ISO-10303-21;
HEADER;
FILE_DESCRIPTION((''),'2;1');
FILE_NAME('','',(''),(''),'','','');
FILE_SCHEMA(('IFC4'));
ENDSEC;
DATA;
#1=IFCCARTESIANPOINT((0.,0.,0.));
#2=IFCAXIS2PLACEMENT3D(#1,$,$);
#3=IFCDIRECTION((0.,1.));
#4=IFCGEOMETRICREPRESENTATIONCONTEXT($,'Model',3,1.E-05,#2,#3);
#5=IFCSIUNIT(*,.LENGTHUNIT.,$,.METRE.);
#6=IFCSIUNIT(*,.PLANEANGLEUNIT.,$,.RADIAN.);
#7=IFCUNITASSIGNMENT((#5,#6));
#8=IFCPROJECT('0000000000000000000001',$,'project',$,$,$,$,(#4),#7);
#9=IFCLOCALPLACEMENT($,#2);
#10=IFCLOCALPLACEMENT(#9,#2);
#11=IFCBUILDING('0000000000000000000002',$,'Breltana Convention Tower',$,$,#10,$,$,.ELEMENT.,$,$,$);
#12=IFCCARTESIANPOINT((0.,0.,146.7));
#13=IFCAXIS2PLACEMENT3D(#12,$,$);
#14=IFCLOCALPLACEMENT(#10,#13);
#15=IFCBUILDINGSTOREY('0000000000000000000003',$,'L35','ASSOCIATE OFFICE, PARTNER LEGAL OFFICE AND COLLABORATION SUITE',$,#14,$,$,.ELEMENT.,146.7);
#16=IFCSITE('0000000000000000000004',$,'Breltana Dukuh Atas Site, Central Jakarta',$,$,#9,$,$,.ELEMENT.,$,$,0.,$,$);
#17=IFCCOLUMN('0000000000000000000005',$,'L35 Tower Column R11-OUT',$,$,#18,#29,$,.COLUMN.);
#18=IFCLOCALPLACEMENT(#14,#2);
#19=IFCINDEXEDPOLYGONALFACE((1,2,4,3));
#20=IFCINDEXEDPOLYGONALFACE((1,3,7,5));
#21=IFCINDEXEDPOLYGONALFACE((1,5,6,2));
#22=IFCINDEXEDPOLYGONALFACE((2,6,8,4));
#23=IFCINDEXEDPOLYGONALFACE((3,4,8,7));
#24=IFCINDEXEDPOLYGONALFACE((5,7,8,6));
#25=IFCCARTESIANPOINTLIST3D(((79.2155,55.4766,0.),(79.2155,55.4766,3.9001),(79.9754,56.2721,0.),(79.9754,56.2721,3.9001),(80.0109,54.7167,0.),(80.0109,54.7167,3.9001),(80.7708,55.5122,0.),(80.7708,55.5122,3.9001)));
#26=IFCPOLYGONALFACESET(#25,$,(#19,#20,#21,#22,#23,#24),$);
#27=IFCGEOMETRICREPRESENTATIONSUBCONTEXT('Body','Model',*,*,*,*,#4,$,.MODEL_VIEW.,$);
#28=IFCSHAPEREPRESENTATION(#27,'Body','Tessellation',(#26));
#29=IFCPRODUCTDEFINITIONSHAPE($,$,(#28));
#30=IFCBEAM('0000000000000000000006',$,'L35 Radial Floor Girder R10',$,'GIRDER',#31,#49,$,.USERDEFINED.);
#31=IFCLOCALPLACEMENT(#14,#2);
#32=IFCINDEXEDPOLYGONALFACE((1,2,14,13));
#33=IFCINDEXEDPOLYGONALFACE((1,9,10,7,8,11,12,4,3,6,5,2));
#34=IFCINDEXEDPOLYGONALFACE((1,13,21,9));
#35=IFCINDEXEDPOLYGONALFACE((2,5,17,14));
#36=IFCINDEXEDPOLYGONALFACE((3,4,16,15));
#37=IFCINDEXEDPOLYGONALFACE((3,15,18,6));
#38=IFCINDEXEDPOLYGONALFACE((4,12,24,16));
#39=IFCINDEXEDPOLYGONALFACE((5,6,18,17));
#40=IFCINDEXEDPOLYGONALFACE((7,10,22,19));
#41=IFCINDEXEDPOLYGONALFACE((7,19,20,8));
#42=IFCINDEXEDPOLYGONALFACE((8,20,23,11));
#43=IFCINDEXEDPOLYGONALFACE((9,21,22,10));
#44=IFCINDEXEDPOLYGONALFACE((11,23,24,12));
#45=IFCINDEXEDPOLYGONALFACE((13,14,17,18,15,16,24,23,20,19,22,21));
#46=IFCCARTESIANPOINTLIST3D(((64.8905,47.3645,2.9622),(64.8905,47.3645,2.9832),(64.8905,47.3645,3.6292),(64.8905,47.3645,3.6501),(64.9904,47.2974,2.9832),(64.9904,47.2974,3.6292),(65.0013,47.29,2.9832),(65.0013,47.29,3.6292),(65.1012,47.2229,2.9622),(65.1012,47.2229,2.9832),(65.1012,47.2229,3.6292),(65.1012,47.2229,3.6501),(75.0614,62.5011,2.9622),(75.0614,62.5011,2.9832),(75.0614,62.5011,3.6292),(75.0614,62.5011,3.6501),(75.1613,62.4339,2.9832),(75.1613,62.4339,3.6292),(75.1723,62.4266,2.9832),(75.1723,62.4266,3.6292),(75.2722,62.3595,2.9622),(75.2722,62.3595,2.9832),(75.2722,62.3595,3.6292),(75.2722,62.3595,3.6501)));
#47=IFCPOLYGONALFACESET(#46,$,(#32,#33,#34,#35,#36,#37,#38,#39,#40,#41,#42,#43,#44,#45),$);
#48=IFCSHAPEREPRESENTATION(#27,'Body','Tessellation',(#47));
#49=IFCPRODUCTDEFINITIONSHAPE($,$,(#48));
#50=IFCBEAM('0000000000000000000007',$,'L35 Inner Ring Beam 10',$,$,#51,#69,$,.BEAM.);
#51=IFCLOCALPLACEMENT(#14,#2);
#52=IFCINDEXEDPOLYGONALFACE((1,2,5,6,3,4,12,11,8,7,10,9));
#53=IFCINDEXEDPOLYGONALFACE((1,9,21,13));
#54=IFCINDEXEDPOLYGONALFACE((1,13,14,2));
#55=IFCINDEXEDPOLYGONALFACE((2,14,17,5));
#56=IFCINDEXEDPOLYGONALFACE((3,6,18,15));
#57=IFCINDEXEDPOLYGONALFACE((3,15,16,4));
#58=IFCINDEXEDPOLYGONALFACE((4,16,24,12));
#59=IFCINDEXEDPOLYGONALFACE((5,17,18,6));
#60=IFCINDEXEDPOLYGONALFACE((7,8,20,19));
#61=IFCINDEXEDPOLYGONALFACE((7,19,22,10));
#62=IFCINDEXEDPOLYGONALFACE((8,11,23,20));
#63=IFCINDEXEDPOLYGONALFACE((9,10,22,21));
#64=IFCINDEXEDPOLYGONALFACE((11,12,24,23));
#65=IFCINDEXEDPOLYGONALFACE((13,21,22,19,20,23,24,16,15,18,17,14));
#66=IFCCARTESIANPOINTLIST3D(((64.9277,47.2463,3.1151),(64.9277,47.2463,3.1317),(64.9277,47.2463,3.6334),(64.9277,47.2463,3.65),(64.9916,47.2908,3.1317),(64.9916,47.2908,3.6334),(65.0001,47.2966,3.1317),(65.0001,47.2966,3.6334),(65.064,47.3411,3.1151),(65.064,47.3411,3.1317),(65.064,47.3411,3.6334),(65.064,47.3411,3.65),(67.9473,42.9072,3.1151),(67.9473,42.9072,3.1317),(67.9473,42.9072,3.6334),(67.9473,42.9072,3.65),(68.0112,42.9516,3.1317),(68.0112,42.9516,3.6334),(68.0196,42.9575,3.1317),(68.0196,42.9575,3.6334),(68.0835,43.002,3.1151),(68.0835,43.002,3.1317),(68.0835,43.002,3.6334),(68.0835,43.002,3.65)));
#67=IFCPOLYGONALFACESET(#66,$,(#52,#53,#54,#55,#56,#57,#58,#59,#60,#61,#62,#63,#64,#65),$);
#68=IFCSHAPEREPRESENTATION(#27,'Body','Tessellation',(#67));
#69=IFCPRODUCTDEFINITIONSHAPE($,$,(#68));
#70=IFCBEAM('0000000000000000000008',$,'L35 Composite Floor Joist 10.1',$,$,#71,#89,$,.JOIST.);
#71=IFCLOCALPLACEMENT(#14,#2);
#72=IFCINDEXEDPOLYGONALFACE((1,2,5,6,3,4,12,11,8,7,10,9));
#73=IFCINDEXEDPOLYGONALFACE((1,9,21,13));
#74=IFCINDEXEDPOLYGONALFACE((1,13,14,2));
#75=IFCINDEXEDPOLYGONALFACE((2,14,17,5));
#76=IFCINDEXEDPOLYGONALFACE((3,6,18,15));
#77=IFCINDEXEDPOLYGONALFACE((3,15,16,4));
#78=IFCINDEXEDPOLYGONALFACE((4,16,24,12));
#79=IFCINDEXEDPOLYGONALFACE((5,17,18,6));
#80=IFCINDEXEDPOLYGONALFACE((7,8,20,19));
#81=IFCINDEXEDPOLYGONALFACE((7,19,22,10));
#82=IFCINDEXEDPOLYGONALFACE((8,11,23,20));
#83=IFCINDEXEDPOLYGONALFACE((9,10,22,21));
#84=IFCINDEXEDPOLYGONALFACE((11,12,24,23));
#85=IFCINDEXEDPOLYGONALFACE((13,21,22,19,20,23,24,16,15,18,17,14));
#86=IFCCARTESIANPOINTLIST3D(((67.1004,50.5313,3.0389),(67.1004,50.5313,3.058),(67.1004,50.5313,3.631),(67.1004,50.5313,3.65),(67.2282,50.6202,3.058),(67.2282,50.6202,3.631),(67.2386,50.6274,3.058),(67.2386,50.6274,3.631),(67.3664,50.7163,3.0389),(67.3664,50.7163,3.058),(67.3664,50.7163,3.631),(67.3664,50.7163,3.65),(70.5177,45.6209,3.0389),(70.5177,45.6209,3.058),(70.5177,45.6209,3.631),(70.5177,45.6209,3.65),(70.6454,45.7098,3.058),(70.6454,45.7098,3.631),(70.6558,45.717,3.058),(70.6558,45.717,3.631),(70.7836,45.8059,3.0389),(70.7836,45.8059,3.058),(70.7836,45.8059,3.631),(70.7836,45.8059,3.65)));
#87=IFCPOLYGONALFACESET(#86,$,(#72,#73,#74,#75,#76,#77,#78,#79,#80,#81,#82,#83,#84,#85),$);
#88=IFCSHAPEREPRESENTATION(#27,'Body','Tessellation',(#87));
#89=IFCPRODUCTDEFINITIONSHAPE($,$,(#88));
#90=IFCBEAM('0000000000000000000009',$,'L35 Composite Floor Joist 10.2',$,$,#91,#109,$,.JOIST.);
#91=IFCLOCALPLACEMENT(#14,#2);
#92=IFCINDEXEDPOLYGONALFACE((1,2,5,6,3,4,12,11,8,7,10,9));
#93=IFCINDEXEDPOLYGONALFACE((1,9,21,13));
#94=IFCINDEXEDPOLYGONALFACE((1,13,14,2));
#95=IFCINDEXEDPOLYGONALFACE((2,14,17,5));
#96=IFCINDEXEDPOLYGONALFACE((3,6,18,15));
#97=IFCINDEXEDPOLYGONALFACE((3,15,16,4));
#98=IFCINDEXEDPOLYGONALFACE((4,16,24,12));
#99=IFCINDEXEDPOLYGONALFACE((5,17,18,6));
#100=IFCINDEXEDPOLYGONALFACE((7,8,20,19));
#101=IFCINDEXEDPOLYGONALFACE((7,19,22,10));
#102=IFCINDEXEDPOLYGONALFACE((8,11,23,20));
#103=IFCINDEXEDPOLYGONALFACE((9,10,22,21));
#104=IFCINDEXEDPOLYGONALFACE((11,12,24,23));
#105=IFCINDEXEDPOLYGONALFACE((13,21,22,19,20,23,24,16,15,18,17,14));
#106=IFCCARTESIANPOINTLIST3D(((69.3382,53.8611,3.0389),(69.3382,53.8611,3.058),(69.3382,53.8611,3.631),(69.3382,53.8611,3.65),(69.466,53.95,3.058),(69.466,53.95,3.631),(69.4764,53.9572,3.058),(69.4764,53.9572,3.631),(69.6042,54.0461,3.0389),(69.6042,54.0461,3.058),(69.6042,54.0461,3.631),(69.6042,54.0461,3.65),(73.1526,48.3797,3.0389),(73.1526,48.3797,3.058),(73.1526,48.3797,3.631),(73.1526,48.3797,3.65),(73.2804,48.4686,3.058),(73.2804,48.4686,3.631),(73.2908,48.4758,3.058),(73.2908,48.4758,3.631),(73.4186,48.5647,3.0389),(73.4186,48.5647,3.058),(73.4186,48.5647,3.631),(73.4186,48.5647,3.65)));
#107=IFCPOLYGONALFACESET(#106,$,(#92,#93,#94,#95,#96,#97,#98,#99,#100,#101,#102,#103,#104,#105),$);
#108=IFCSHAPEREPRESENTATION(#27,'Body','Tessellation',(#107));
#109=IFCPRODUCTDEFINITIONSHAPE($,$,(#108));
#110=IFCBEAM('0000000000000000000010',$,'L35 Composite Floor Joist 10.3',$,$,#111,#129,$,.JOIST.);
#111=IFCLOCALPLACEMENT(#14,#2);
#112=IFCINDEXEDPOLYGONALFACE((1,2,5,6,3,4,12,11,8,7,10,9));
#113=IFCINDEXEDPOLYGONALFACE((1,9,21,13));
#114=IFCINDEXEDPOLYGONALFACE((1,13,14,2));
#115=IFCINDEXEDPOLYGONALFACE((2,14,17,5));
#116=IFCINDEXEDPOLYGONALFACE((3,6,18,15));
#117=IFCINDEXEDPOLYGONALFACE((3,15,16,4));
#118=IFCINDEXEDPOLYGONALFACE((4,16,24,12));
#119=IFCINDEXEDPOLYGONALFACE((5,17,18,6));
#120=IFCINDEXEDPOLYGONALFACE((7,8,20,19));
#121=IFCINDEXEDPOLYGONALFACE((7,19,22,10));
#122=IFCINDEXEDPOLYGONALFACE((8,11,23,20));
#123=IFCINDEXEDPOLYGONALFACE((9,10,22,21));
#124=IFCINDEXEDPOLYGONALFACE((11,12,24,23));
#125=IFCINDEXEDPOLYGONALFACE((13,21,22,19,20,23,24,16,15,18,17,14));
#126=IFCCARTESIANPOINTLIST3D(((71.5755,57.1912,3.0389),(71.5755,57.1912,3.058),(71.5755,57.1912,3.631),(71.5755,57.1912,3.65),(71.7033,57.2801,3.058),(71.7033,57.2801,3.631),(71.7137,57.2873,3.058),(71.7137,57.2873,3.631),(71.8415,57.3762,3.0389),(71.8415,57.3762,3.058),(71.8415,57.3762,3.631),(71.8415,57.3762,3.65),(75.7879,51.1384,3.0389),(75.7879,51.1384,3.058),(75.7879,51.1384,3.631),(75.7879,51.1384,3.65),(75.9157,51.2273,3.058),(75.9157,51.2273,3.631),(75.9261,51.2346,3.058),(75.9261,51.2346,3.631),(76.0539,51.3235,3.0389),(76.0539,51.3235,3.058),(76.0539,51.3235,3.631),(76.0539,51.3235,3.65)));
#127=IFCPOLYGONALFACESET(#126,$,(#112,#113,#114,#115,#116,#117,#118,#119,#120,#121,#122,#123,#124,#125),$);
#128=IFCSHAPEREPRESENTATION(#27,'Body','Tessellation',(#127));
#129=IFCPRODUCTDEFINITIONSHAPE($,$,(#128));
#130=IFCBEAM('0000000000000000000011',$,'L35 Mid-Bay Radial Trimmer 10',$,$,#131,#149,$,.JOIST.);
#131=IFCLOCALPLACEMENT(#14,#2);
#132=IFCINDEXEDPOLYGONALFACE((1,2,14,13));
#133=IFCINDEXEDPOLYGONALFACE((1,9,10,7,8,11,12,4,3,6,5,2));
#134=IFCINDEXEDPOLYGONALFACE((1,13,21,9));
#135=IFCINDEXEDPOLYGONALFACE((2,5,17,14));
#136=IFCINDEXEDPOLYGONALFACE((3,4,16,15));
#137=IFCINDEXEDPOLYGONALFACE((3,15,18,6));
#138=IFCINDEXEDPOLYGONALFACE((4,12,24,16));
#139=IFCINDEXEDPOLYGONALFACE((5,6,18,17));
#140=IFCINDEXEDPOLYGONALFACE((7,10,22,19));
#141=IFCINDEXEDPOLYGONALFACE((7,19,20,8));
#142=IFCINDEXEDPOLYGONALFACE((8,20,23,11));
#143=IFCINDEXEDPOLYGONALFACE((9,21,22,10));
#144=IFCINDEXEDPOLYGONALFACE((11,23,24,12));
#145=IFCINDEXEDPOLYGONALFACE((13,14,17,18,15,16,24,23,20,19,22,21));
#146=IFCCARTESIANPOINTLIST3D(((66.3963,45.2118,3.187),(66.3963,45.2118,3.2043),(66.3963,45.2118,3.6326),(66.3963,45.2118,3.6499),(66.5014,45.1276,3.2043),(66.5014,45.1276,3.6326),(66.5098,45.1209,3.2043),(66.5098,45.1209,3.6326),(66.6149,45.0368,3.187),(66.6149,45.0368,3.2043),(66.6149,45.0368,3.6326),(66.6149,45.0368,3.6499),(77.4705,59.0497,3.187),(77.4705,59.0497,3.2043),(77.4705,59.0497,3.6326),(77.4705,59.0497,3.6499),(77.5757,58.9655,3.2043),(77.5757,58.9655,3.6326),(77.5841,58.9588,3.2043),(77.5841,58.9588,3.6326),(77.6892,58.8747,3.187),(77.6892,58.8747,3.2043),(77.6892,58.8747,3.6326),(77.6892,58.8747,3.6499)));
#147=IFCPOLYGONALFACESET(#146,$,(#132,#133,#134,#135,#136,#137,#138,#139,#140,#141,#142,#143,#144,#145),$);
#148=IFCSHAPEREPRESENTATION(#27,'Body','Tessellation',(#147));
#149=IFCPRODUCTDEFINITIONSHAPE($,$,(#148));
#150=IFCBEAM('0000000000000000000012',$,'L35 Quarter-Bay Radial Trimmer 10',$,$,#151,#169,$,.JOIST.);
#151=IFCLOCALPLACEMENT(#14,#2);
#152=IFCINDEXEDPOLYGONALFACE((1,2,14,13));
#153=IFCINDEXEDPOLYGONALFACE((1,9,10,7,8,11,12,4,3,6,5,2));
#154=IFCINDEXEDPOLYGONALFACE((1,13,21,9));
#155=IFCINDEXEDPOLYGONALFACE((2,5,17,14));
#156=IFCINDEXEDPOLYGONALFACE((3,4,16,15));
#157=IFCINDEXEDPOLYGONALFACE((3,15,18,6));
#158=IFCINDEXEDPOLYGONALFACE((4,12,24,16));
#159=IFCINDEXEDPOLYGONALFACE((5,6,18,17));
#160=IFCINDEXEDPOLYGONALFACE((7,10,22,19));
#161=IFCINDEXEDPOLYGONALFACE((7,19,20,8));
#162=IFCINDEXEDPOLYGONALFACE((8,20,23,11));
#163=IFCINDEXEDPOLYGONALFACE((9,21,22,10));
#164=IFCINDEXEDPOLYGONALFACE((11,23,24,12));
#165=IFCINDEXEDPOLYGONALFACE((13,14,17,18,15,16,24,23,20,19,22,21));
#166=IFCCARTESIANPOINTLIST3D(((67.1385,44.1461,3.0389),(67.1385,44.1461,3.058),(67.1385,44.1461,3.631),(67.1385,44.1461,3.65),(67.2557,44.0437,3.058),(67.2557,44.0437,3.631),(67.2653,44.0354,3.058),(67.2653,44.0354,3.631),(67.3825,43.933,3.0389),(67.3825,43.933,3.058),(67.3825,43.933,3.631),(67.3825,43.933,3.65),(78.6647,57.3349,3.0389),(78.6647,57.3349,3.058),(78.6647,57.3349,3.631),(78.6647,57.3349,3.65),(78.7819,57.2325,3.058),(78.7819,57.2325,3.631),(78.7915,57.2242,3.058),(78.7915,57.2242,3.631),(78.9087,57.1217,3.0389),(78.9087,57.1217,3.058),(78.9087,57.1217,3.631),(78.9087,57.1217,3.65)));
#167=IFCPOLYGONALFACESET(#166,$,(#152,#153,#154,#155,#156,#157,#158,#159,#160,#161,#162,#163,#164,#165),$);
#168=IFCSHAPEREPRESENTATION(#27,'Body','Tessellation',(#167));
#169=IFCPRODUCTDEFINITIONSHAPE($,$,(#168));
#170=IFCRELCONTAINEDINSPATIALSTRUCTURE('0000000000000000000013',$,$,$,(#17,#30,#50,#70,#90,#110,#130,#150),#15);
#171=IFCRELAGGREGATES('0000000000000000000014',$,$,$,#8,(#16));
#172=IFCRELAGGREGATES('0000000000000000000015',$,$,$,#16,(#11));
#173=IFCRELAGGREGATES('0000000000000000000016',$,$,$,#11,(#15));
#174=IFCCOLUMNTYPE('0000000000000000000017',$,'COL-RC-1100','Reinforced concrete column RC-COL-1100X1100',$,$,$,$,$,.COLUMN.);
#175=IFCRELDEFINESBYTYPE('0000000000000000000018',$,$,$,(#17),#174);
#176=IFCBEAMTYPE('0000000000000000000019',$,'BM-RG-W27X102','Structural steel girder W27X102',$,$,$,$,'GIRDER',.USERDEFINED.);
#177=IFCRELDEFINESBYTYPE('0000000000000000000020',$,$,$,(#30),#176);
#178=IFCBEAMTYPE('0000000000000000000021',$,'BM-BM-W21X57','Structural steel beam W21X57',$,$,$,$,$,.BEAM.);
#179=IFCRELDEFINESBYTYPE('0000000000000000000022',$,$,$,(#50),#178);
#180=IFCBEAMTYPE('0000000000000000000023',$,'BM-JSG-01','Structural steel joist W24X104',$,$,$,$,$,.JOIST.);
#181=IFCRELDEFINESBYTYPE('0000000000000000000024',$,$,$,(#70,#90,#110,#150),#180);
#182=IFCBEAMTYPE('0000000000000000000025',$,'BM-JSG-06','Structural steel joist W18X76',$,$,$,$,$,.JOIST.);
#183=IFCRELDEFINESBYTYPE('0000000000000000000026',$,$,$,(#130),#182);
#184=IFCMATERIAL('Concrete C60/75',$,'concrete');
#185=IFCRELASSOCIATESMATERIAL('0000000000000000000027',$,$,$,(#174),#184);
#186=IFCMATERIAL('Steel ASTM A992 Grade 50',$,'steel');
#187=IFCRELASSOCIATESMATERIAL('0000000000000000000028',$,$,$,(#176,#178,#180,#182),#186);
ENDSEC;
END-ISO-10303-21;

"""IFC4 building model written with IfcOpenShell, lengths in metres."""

from ifc_helpers import new_model, si_unit, direction, frame, origin, origin_2d, place, context, subcontext, project, spatial, rectangle, i_section, extrude, source, transform, mapped, material, material_profile, profile_set, type_object, element, save


model = new_model("IFC4")

# Units and contexts
model_context = context("Model", 3, precision=1e-05, world=origin(), true_north=direction((0.0, 1.0)))
body_context = subcontext(model_context, "Body", "Model", "MODEL_VIEW")
ifc_project = project(units=[si_unit("LENGTHUNIT", "METRE"), si_unit("PLANEANGLEUNIT", "RADIAN")], contexts=[model_context])

# Site, building, storey
site_placement = place(None, origin())
site = spatial("IfcSite", under=ifc_project, at=site_placement, Name="Breltana Dukuh Atas Site, Central Jakarta", CompositionType="ELEMENT", RefElevation=0.0)
building_placement = place(site_placement, origin())
building = spatial("IfcBuilding", under=site, at=building_placement, Name="Breltana Convention Tower", CompositionType="ELEMENT")
storey_placement = place(building_placement, frame((0.0, 0.0, 146.7)))
storey = spatial("IfcBuildingStorey", under=building, at=storey_placement, Name="L35", Description="ASSOCIATE OFFICE, PARTNER LEGAL OFFICE AND COLLABORATION SUITE", CompositionType="ELEMENT", Elevation=146.7)

# Column
ifc_material_1 = material(Name="Concrete C60/75", Category="concrete")
ifc_material_profile_1 = material_profile(ifc_material_1, rectangle(XDim=1.1001, YDim=1.1001, at=origin_2d()), Name="RC-COL-1100X1100")
ifc_profile_set_1 = profile_set([ifc_material_profile_1], Name="Concrete C60/75")
column_type = type_object("IfcColumnType", Name="COL-RC-1100", Description="Reinforced concrete column RC-COL-1100X1100", PredefinedType="COLUMN", material=ifc_profile_set_1)
shared_shape_1 = source(origin(), body_context, "Body", "SweptSolid", [
    extrude(rectangle(XDim=1.1001, YDim=1.1001, at=origin_2d()), origin(), (0.0, 0.0, 1.0), 3.9001),
])
column_placement = place(storey_placement, frame((79.9932, 55.4944, 0.0), z_axis=(0.0, 0.0, 1.0), x_axis=(0.690756, 0.723088, 0.0)))
element("IfcColumn", 1, at=column_placement, inside=storey, type_object=column_type, Name="L35 Tower Column R11-OUT", PredefinedType="COLUMN", context=body_context, shape_type="MappedRepresentation", body=[
    mapped(shared_shape_1, transform((0.0, 0.0, 0.0), scale=1.0)),
])

# Beams
ifc_material_2 = material(Name="Steel ASTM A992 Grade 50", Category="steel")
ifc_material_profile_2 = material_profile(ifc_material_2, i_section(OverallWidth=0.2539, OverallDepth=0.688, WebThickness=0.0132, FlangeThickness=0.021, at=origin_2d()), Name="W27X102")
ifc_profile_set_2 = profile_set([ifc_material_profile_2], Name="Steel ASTM A992 Grade 50")
beam_type_1 = type_object("IfcBeamType", Name="BM-RG-W27X102", Description="Structural steel girder W27X102", ElementType="GIRDER", PredefinedType="USERDEFINED", material=ifc_profile_set_2)
shared_shape_2 = source(origin(), body_context, "Body", "SweptSolid", [
    extrude(i_section(OverallWidth=0.2539, OverallDepth=0.688, WebThickness=0.0132, FlangeThickness=0.021, at=origin_2d()), origin(), (0.0, 0.0, 1.0), 18.2363),
])
beam_1_placement = place(storey_placement, frame((64.9958, 47.2937, 3.3062), z_axis=(0.55773, 0.830022, 0.0), x_axis=(-0.830022, 0.55773, 0.0)))
element("IfcBeam", 2, at=beam_1_placement, inside=storey, type_object=beam_type_1, Name="L35 Radial Floor Girder R10", ObjectType="GIRDER", PredefinedType="USERDEFINED", context=body_context, shape_type="MappedRepresentation", body=[
    mapped(shared_shape_2, transform((0.0, 0.0, 0.0), scale=1.0)),
])
ifc_material_profile_3 = material_profile(ifc_material_2, i_section(OverallWidth=0.166, OverallDepth=0.5349, WebThickness=0.0103, FlangeThickness=0.0166, at=origin_2d()), Name="W21X57")
ifc_profile_set_3 = profile_set([ifc_material_profile_3], Name="Steel ASTM A992 Grade 50")
beam_type_2 = type_object("IfcBeamType", Name="BM-BM-W21X57", Description="Structural steel beam W21X57", PredefinedType="BEAM", material=ifc_profile_set_3)
shared_shape_3 = source(origin(), body_context, "Body", "SweptSolid", [
    extrude(i_section(OverallWidth=0.166, OverallDepth=0.5349, WebThickness=0.0103, FlangeThickness=0.0166, at=origin_2d()), origin(), (0.0, 0.0, 1.0), 5.2864),
])
beam_2_placement = place(storey_placement, frame((64.9958, 47.2937, 3.3826), z_axis=(0.571194, -0.820815, 0.0), x_axis=(0.820815, 0.571194, 0.0)))
element("IfcBeam", 3, at=beam_2_placement, inside=storey, type_object=beam_type_2, Name="L35 Inner Ring Beam 10", PredefinedType="BEAM", context=body_context, shape_type="MappedRepresentation", body=[
    mapped(shared_shape_3, transform((0.0, 0.0, 0.0), scale=1.0)),
])
ifc_material_profile_4 = material_profile(ifc_material_2, i_section(OverallWidth=0.324, OverallDepth=0.6111, WebThickness=0.0127, FlangeThickness=0.019, at=origin_2d()), Name="W24X104")
ifc_profile_set_4 = profile_set([ifc_material_profile_4], Name="Steel ASTM A992 Grade 50")
beam_type_3 = type_object("IfcBeamType", Name="BM-JSG-01", Description="Structural steel joist W24X104", PredefinedType="JOIST", material=ifc_profile_set_4)
shared_shape_4 = source(origin(), body_context, "Body", "SweptSolid", [
    extrude(i_section(OverallWidth=0.324, OverallDepth=0.6111, WebThickness=0.0127, FlangeThickness=0.019, at=origin_2d()), origin(), (0.0, 0.0, 1.0), 5.9824),
])
beam_3_placement = place(storey_placement, frame((67.2334, 50.6238, 3.3445), z_axis=(0.571212, -0.820803, 0.0), x_axis=(0.820803, 0.571212, 0.0)))
element("IfcBeam", 4, at=beam_3_placement, inside=storey, type_object=beam_type_3, Name="L35 Composite Floor Joist 10.1", PredefinedType="JOIST", context=body_context, shape_type="MappedRepresentation", body=[
    mapped(shared_shape_4, transform((0.0, 0.0, 0.0), scale=1.0)),
])
shared_shape_5 = source(origin(), body_context, "Body", "SweptSolid", [
    extrude(i_section(OverallWidth=0.324, OverallDepth=0.6111, WebThickness=0.0127, FlangeThickness=0.019, at=origin_2d()), origin(), (0.0, 0.0, 1.0), 6.678),
])
beam_4_placement = place(storey_placement, frame((69.4712, 53.9536, 3.3445), z_axis=(0.571193, -0.820816, 0.0), x_axis=(0.820816, 0.571193, 0.0)))
element("IfcBeam", 5, at=beam_4_placement, inside=storey, type_object=beam_type_3, Name="L35 Composite Floor Joist 10.2", PredefinedType="JOIST", context=body_context, shape_type="MappedRepresentation", body=[
    mapped(shared_shape_5, transform((0.0, 0.0, 0.0), scale=1.0)),
])
shared_shape_6 = source(origin(), body_context, "Body", "SweptSolid", [
    extrude(i_section(OverallWidth=0.324, OverallDepth=0.6111, WebThickness=0.0127, FlangeThickness=0.019, at=origin_2d()), origin(), (0.0, 0.0, 1.0), 7.3743),
])
beam_5_placement = place(storey_placement, frame((71.7085, 57.2837, 3.3445), z_axis=(0.571229, -0.82079, 0.0), x_axis=(0.82079, 0.571229, 0.0)))
element("IfcBeam", 6, at=beam_5_placement, inside=storey, type_object=beam_type_3, Name="L35 Composite Floor Joist 10.3", PredefinedType="JOIST", context=body_context, shape_type="MappedRepresentation", body=[
    mapped(shared_shape_6, transform((0.0, 0.0, 0.0), scale=1.0)),
])
ifc_material_profile_5 = material_profile(ifc_material_2, i_section(OverallWidth=0.28, OverallDepth=0.4629, WebThickness=0.0107, FlangeThickness=0.0173, at=origin_2d()), Name="W18X76")
ifc_profile_set_5 = profile_set([ifc_material_profile_5], Name="Steel ASTM A992 Grade 50")
beam_type_4 = type_object("IfcBeamType", Name="BM-JSG-06", Description="Structural steel joist W18X76", PredefinedType="JOIST", material=ifc_profile_set_5)
shared_shape_7 = source(origin(), body_context, "Body", "SweptSolid", [
    extrude(i_section(OverallWidth=0.28, OverallDepth=0.4629, WebThickness=0.0107, FlangeThickness=0.0173, at=origin_2d()), origin(), (0.0, 0.0, 1.0), 17.7236),
])
beam_6_placement = place(storey_placement, frame((66.5056, 45.1243, 3.4185), z_axis=(0.624829, 0.780761, 0.0), x_axis=(-0.780761, 0.624829, 0.0)))
element("IfcBeam", 7, at=beam_6_placement, inside=storey, type_object=beam_type_4, Name="L35 Mid-Bay Radial Trimmer 10", PredefinedType="JOIST", context=body_context, shape_type="MappedRepresentation", body=[
    mapped(shared_shape_7, transform((0.0, 0.0, 0.0), scale=1.0)),
])
shared_shape_8 = source(origin(), body_context, "Body", "SweptSolid", [
    extrude(i_section(OverallWidth=0.324, OverallDepth=0.6111, WebThickness=0.0127, FlangeThickness=0.019, at=origin_2d()), origin(), (0.0, 0.0, 1.0), 17.5156),
])
beam_7_placement = place(storey_placement, frame((67.2605, 44.0396, 3.3445), z_axis=(0.658052, 0.752973, 0.0), x_axis=(-0.752973, 0.658052, 0.0)))
element("IfcBeam", 8, at=beam_7_placement, inside=storey, type_object=beam_type_3, Name="L35 Quarter-Bay Radial Trimmer 10", PredefinedType="JOIST", context=body_context, shape_type="MappedRepresentation", body=[
    mapped(shared_shape_8, transform((0.0, 0.0, 0.0), scale=1.0)),
])

save(model, "model.ifc")
